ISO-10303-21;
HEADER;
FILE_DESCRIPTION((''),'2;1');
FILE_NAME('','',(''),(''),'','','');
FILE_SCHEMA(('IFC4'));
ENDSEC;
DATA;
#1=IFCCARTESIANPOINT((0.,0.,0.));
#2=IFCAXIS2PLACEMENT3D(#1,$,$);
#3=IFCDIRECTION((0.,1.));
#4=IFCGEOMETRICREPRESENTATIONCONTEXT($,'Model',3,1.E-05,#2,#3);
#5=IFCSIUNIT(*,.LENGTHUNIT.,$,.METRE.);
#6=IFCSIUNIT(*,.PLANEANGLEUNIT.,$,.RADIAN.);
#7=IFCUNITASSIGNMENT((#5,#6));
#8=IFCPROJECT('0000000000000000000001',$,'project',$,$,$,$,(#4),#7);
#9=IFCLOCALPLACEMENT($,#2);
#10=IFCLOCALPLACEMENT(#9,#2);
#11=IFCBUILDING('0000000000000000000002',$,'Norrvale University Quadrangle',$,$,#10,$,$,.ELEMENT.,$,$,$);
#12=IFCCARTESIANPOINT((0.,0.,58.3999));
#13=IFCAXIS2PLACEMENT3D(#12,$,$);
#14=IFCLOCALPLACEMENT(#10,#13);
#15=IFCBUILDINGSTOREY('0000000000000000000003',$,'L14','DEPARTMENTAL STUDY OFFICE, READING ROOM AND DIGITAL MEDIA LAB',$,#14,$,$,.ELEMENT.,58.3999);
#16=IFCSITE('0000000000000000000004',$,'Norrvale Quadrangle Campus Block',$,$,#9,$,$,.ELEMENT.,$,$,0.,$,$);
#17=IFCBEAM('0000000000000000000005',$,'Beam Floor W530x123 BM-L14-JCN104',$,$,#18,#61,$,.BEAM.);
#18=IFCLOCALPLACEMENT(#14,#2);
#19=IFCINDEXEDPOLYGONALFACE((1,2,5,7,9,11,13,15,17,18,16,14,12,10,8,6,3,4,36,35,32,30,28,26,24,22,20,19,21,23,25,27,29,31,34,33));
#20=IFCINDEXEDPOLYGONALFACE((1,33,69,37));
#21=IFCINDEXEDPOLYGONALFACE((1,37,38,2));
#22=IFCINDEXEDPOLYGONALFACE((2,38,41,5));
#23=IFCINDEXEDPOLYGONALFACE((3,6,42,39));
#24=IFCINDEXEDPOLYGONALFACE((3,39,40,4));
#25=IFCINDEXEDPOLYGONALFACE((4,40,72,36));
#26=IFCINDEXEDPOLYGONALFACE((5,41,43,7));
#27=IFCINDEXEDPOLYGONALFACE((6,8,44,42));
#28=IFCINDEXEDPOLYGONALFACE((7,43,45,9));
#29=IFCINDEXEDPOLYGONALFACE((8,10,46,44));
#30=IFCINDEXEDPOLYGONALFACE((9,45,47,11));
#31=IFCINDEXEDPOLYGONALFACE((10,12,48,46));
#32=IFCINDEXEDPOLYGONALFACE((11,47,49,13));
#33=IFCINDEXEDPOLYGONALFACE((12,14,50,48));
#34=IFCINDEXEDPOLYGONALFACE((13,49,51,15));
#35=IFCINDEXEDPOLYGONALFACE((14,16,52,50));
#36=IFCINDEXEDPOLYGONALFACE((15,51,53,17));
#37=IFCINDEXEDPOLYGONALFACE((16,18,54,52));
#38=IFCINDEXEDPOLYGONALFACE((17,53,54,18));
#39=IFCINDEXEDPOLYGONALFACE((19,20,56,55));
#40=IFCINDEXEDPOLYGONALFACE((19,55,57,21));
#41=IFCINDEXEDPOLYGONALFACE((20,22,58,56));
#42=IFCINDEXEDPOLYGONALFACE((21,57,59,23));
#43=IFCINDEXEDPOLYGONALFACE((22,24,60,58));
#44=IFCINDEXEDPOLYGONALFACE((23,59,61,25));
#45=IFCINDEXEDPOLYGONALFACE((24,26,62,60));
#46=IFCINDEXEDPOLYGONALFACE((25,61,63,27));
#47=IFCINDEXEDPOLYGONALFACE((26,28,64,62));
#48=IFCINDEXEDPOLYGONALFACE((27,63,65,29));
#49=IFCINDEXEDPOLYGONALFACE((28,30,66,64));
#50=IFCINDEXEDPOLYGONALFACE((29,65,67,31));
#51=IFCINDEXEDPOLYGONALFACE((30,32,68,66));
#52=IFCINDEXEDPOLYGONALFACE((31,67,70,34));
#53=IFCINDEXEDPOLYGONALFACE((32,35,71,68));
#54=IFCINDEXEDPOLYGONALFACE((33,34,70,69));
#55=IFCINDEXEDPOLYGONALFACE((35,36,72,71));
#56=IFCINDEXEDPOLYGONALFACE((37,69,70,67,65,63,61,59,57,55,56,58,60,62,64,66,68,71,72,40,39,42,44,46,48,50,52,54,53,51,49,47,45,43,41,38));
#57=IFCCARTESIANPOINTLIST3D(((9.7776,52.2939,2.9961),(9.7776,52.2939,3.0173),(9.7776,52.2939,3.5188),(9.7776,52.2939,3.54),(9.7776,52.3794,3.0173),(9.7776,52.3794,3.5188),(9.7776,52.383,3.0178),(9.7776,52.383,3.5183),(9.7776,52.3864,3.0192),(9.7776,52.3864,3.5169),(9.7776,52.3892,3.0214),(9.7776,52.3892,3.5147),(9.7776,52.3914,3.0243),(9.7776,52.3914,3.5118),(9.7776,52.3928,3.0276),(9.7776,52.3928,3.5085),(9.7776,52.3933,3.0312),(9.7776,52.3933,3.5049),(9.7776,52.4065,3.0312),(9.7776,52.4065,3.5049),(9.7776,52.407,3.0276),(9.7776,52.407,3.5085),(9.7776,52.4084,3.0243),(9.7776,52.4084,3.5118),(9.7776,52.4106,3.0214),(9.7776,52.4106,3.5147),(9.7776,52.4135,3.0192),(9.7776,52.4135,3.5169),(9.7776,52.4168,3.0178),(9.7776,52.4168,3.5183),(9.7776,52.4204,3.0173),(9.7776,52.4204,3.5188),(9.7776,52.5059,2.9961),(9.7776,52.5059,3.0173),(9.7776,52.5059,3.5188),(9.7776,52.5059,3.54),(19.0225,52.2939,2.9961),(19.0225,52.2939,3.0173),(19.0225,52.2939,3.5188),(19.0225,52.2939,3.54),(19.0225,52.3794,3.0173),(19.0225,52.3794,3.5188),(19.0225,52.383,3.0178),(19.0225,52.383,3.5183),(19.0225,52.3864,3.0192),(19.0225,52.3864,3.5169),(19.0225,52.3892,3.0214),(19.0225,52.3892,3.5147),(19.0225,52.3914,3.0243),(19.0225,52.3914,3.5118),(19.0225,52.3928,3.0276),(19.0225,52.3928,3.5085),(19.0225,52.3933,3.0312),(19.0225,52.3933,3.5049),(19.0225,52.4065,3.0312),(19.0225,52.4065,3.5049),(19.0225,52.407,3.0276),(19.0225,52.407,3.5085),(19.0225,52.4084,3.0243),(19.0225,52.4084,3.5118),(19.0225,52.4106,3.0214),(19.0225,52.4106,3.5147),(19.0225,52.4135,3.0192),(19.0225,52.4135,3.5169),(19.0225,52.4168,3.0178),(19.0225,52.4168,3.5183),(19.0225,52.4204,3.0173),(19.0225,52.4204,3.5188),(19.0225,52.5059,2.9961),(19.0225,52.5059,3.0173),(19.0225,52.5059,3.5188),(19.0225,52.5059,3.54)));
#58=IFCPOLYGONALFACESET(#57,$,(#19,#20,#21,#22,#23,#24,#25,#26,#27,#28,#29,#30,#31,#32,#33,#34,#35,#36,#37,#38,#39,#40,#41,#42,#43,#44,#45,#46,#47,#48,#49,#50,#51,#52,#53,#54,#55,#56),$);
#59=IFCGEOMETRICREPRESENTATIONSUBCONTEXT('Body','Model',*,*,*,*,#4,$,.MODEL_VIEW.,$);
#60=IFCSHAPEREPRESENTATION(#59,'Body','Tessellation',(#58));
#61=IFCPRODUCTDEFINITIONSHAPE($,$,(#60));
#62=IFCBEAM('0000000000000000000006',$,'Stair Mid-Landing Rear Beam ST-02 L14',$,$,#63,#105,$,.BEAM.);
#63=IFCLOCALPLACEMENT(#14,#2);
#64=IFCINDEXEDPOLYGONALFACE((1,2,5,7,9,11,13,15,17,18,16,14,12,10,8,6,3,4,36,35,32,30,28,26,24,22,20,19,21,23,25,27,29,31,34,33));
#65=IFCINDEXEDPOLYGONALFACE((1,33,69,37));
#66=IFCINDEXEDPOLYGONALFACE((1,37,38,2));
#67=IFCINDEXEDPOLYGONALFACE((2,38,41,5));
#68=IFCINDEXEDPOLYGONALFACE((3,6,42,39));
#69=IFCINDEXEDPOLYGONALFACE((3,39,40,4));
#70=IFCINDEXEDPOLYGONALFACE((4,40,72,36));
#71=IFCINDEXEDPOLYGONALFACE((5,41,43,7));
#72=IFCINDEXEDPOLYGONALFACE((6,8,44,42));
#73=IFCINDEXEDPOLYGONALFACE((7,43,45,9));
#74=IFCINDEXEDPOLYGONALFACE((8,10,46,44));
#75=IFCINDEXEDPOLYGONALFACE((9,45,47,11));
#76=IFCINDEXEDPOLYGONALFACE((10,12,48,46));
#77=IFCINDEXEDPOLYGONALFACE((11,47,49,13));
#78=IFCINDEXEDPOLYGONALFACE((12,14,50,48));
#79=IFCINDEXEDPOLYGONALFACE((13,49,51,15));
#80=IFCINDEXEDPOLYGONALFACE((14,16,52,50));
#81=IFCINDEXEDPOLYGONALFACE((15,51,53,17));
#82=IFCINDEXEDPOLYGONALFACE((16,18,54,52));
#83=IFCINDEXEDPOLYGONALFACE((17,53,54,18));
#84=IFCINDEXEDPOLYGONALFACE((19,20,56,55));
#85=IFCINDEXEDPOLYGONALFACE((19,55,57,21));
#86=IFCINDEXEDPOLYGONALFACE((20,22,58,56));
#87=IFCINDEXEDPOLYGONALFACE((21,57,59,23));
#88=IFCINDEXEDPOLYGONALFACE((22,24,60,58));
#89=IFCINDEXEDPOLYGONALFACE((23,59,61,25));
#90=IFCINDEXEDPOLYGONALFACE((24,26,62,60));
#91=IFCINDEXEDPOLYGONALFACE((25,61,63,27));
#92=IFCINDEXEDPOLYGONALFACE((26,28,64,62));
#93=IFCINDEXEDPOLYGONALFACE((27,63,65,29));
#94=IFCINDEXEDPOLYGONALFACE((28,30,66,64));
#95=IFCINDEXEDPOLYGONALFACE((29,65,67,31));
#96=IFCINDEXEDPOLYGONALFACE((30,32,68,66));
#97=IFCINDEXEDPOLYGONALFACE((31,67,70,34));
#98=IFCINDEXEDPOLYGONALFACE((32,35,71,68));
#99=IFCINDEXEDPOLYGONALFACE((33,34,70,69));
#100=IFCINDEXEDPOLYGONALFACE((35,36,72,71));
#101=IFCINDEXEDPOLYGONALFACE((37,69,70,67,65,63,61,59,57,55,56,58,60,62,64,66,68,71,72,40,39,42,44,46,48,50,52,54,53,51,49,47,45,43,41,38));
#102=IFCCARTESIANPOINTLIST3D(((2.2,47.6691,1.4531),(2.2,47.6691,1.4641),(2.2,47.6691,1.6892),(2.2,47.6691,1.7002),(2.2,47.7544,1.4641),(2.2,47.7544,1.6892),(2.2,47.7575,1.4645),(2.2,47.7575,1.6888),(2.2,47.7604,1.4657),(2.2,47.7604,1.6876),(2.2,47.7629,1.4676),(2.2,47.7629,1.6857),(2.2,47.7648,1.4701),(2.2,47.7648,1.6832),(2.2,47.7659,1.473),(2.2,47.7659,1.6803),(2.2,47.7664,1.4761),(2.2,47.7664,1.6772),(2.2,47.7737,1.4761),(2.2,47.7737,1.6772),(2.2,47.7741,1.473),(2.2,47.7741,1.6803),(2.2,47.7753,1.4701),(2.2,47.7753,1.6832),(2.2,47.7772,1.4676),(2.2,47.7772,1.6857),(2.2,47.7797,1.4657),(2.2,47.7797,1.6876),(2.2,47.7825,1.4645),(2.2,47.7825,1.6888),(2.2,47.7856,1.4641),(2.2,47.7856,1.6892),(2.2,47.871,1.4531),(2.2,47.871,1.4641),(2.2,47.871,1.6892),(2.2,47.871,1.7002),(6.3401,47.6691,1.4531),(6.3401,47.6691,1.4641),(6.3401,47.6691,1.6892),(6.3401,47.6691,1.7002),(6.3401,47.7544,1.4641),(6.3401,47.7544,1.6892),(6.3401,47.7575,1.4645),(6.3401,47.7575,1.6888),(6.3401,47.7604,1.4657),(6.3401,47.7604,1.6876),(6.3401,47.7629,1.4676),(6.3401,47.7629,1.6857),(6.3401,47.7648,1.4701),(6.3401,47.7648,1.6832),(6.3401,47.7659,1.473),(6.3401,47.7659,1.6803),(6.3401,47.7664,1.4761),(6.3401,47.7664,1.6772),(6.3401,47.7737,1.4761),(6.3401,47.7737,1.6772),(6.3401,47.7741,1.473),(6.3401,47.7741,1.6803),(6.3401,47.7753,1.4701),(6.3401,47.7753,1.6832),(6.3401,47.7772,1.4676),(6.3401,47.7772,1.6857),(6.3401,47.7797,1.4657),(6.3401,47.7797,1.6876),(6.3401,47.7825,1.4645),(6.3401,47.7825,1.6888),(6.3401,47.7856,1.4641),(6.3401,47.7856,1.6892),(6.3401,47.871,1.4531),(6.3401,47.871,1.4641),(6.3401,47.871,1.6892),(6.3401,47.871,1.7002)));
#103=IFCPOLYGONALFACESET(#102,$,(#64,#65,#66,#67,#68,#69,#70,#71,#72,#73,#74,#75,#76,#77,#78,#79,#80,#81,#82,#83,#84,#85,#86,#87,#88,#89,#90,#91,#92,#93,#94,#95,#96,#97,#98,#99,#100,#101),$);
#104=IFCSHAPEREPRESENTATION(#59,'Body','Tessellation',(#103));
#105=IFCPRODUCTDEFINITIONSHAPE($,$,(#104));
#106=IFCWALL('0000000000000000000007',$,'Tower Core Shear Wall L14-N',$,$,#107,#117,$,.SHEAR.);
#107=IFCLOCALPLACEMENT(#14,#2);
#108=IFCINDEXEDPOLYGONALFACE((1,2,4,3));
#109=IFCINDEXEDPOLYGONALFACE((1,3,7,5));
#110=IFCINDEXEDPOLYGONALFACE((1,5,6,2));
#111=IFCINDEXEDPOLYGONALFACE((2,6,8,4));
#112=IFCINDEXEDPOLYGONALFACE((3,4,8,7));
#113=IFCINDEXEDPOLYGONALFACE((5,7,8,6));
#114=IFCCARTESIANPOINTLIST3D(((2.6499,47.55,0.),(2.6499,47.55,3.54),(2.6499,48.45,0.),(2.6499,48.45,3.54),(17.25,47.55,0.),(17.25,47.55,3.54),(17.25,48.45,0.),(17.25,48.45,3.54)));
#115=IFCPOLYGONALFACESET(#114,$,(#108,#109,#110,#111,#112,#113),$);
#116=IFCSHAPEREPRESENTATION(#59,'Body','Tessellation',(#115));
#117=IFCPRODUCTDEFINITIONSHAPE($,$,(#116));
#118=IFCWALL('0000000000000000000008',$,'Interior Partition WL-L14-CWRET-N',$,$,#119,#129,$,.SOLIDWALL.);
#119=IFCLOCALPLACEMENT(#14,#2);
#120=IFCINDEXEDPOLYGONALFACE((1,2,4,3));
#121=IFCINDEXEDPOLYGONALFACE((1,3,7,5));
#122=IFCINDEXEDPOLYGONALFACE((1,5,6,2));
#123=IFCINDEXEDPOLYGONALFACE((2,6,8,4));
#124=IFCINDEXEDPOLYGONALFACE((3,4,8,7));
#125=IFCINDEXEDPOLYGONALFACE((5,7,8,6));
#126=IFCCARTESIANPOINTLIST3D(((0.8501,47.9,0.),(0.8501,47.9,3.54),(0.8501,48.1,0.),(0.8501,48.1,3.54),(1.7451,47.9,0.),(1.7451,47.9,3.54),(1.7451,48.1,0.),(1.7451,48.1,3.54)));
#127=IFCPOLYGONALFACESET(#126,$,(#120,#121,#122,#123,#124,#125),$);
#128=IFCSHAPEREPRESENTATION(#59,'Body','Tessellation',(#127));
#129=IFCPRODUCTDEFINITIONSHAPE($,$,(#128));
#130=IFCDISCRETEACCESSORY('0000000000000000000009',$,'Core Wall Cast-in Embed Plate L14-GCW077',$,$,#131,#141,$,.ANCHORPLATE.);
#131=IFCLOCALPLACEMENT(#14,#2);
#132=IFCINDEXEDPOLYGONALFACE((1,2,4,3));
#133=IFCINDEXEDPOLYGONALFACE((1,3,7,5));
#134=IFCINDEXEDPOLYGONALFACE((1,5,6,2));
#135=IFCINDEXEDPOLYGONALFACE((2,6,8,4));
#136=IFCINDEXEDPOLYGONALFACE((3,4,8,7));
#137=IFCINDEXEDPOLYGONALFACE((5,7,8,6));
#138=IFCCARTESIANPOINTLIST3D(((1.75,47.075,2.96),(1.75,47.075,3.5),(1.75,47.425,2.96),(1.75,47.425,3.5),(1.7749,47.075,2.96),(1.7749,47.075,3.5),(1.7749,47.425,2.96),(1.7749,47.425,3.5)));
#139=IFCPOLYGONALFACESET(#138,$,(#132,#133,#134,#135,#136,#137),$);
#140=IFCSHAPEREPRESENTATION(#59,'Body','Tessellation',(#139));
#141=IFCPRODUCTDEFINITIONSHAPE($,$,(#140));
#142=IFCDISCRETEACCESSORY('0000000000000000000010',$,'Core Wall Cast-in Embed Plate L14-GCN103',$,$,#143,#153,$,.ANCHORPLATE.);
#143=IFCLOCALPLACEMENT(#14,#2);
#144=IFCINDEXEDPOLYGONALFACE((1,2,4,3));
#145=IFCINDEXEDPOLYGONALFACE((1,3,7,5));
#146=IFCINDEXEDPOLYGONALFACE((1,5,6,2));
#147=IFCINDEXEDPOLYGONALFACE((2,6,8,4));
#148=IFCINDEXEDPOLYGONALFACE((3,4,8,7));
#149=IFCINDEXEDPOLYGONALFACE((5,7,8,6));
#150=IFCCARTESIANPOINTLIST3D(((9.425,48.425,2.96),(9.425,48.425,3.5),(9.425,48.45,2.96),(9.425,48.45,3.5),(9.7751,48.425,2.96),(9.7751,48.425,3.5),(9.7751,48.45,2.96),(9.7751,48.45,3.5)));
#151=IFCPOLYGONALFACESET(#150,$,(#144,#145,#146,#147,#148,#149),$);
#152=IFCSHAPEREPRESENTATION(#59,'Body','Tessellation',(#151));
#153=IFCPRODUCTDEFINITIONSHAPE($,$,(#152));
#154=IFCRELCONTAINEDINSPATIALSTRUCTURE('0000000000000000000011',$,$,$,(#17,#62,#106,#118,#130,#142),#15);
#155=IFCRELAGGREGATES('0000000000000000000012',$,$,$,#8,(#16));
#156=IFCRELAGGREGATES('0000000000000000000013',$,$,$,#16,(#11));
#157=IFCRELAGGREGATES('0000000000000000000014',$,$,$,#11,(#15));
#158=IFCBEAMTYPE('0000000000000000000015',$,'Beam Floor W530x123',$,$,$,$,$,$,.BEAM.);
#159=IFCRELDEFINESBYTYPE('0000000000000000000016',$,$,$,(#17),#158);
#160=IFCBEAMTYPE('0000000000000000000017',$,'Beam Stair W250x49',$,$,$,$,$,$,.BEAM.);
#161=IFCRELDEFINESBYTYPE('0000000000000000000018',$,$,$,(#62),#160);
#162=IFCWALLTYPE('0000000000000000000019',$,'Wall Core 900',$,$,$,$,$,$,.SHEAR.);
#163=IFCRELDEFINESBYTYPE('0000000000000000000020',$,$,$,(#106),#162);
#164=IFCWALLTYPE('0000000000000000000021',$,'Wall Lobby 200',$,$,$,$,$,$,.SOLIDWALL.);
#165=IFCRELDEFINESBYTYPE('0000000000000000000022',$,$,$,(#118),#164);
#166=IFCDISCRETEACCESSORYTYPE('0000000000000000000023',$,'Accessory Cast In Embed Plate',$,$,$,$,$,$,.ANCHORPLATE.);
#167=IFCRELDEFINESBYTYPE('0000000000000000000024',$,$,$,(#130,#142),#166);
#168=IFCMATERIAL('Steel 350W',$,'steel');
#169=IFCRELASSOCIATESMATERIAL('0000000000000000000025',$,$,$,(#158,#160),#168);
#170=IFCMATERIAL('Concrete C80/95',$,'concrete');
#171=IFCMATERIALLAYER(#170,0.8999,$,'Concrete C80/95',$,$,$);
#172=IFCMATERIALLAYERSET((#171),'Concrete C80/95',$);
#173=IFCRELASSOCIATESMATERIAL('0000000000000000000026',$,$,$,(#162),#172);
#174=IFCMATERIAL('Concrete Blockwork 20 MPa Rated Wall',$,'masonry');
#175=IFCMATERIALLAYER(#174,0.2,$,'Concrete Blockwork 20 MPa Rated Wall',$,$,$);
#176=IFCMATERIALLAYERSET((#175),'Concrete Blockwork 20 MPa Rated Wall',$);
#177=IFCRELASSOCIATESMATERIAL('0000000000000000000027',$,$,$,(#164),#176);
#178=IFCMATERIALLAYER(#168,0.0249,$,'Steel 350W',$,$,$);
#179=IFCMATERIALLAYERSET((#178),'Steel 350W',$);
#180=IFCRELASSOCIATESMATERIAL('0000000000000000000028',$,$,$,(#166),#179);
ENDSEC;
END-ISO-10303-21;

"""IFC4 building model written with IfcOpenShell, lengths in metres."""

from ifc_helpers import new_model, si_unit, direction, frame, frame_2d, origin, origin_2d, place, context, subcontext, project, spatial, rectangle, i_section, extrude, material, layer, layer_set, material_profile, profile_set, type_object, element, save


model = new_model("IFC4")

# Units and contexts
model_context = context("Model", 3, precision=1e-05, world=origin(), true_north=direction((0.0, 1.0)))
body_context = subcontext(model_context, "Body", "Model", "MODEL_VIEW")
ifc_project = project(units=[si_unit("LENGTHUNIT", "METRE"), si_unit("PLANEANGLEUNIT", "RADIAN")], contexts=[model_context])

# Site, building, storey
site_placement = place(None, origin())
site = spatial("IfcSite", under=ifc_project, at=site_placement, Name="Norrvale Quadrangle Campus Block", CompositionType="ELEMENT", RefElevation=0.0)
building_placement = place(site_placement, origin())
building = spatial("IfcBuilding", under=site, at=building_placement, Name="Norrvale University Quadrangle", CompositionType="ELEMENT")
storey_placement = place(building_placement, frame((0.0, 0.0, 58.3999)))
storey = spatial("IfcBuildingStorey", under=building, at=storey_placement, Name="L14", Description="DEPARTMENTAL STUDY OFFICE, READING ROOM AND DIGITAL MEDIA LAB", CompositionType="ELEMENT", Elevation=58.3999)

# Shared definitions
ifc_material_1 = material(Name="Concrete C80/95", Category="concrete")

# Beams
ifc_material_2 = material(Name="Steel 350W", Category="steel")
ifc_material_profile_1 = material_profile(ifc_material_2, i_section(OverallWidth=0.2119, OverallDepth=0.5439, WebThickness=0.0132, FlangeThickness=0.0212, FilletRadius=0.0139, at=origin_2d()), Name="Steel 350W")
ifc_profile_set_1 = profile_set([ifc_material_profile_1], Name="Steel 350W")
beam_type_1 = type_object("IfcBeamType", Name="Beam Floor W530x123", PredefinedType="BEAM", material=ifc_profile_set_1)
beam_1_placement = place(storey_placement, frame((9.7776, 52.3999, 3.2681), z_axis=(1.0, 0.0, 0.0), x_axis=(0.0, 1.0, 0.0)))
element("IfcBeam", 1, at=beam_1_placement, inside=storey, type_object=beam_type_1, Name="Beam Floor W530x123 BM-L14-JCN104", PredefinedType="BEAM", context=body_context, shape_type="SweptSolid", body=[
    extrude(i_section(OverallWidth=0.2119, OverallDepth=0.5439, WebThickness=0.0132, FlangeThickness=0.0212, FilletRadius=0.0139, at=origin_2d()), origin(), (0.0, 0.0, 1.0), 9.2449),
])
ifc_material_profile_2 = material_profile(ifc_material_2, i_section(OverallWidth=0.2019, OverallDepth=0.2471, WebThickness=0.0073, FlangeThickness=0.011, FilletRadius=0.012, at=origin_2d()), Name="Steel 350W")
ifc_profile_set_2 = profile_set([ifc_material_profile_2], Name="Steel 350W")
beam_type_2 = type_object("IfcBeamType", Name="Beam Stair W250x49", PredefinedType="BEAM", material=ifc_profile_set_2)
beam_2_placement = place(storey_placement, frame((2.2, 47.77, 1.5767), z_axis=(1.0, 0.0, 0.0), x_axis=(0.0, 1.0, 0.0)))
element("IfcBeam", 2, at=beam_2_placement, inside=storey, type_object=beam_type_2, Name="Stair Mid-Landing Rear Beam ST-02 L14", PredefinedType="BEAM", context=body_context, shape_type="SweptSolid", body=[
    extrude(i_section(OverallWidth=0.2019, OverallDepth=0.2471, WebThickness=0.0073, FlangeThickness=0.011, FilletRadius=0.012, at=origin_2d()), origin(), (0.0, 0.0, 1.0), 4.1401),
])

# Walls
ifc_layer_1 = layer(ifc_material_1, 0.8999, Name="Concrete C80/95")
ifc_layer_set_1 = layer_set([ifc_layer_1], Name="Concrete C80/95")
wall_type_1 = type_object("IfcWallType", Name="Wall Core 900", PredefinedType="SHEAR", material=ifc_layer_set_1)
wall_1_placement = place(storey_placement, frame((2.6499, 48.0, 0.0), z_axis=(0.0, 0.0, 1.0), x_axis=(1.0, 0.0, 0.0)))
element("IfcWall", 3, at=wall_1_placement, inside=storey, type_object=wall_type_1, Name="Tower Core Shear Wall L14-N", PredefinedType="SHEAR", context=body_context, shape_type="SweptSolid", body=[
    extrude(rectangle(XDim=14.6001, YDim=0.8999, at=frame_2d((7.3, 0.0))), origin(), (0.0, 0.0, 1.0), 3.54),
])
ifc_material_3 = material(Name="Concrete Blockwork 20 MPa Rated Wall", Category="masonry")
ifc_layer_2 = layer(ifc_material_3, 0.2, Name="Concrete Blockwork 20 MPa Rated Wall")
ifc_layer_set_2 = layer_set([ifc_layer_2], Name="Concrete Blockwork 20 MPa Rated Wall")
wall_type_2 = type_object("IfcWallType", Name="Wall Lobby 200", PredefinedType="SOLIDWALL", material=ifc_layer_set_2)
wall_2_placement = place(storey_placement, frame((0.8501, 48.0, 0.0), z_axis=(0.0, 0.0, 1.0), x_axis=(1.0, 0.0, 0.0)))
element("IfcWall", 4, at=wall_2_placement, inside=storey, type_object=wall_type_2, Name="Interior Partition WL-L14-CWRET-N", PredefinedType="SOLIDWALL", context=body_context, shape_type="SweptSolid", body=[
    extrude(rectangle(XDim=0.895, YDim=0.2, at=frame_2d((0.4475, 0.0))), origin(), (0.0, 0.0, 1.0), 3.54),
])

# Discrete accessories
ifc_layer_3 = layer(ifc_material_2, 0.0249, Name="Steel 350W")
ifc_layer_set_3 = layer_set([ifc_layer_3], Name="Steel 350W")
discrete_accessory_type = type_object("IfcDiscreteAccessoryType", Name="Accessory Cast In Embed Plate", PredefinedType="ANCHORPLATE", material=ifc_layer_set_3)
discrete_accessory_1_placement = place(storey_placement, frame((1.7625, 47.25, 2.96), z_axis=(0.0, 0.0, 1.0), x_axis=(1.0, 0.0, 0.0)))
element("IfcDiscreteAccessory", 5, at=discrete_accessory_1_placement, inside=storey, type_object=discrete_accessory_type, Name="Core Wall Cast-in Embed Plate L14-GCW077", PredefinedType="ANCHORPLATE", context=body_context, shape_type="SweptSolid", body=[
    extrude(rectangle(XDim=0.0249, YDim=0.3501, at=origin_2d()), origin(), (0.0, 0.0, 1.0), 0.54),
])
discrete_accessory_2_placement = place(storey_placement, frame((9.6001, 48.4375, 2.96), z_axis=(0.0, 0.0, 1.0), x_axis=(1.0, 0.0, 0.0)))
element("IfcDiscreteAccessory", 6, at=discrete_accessory_2_placement, inside=storey, type_object=discrete_accessory_type, Name="Core Wall Cast-in Embed Plate L14-GCN103", PredefinedType="ANCHORPLATE", context=body_context, shape_type="SweptSolid", body=[
    extrude(rectangle(XDim=0.3501, YDim=0.0249, at=origin_2d()), origin(), (0.0, 0.0, 1.0), 0.54),
])

save(model, "model.ifc")
